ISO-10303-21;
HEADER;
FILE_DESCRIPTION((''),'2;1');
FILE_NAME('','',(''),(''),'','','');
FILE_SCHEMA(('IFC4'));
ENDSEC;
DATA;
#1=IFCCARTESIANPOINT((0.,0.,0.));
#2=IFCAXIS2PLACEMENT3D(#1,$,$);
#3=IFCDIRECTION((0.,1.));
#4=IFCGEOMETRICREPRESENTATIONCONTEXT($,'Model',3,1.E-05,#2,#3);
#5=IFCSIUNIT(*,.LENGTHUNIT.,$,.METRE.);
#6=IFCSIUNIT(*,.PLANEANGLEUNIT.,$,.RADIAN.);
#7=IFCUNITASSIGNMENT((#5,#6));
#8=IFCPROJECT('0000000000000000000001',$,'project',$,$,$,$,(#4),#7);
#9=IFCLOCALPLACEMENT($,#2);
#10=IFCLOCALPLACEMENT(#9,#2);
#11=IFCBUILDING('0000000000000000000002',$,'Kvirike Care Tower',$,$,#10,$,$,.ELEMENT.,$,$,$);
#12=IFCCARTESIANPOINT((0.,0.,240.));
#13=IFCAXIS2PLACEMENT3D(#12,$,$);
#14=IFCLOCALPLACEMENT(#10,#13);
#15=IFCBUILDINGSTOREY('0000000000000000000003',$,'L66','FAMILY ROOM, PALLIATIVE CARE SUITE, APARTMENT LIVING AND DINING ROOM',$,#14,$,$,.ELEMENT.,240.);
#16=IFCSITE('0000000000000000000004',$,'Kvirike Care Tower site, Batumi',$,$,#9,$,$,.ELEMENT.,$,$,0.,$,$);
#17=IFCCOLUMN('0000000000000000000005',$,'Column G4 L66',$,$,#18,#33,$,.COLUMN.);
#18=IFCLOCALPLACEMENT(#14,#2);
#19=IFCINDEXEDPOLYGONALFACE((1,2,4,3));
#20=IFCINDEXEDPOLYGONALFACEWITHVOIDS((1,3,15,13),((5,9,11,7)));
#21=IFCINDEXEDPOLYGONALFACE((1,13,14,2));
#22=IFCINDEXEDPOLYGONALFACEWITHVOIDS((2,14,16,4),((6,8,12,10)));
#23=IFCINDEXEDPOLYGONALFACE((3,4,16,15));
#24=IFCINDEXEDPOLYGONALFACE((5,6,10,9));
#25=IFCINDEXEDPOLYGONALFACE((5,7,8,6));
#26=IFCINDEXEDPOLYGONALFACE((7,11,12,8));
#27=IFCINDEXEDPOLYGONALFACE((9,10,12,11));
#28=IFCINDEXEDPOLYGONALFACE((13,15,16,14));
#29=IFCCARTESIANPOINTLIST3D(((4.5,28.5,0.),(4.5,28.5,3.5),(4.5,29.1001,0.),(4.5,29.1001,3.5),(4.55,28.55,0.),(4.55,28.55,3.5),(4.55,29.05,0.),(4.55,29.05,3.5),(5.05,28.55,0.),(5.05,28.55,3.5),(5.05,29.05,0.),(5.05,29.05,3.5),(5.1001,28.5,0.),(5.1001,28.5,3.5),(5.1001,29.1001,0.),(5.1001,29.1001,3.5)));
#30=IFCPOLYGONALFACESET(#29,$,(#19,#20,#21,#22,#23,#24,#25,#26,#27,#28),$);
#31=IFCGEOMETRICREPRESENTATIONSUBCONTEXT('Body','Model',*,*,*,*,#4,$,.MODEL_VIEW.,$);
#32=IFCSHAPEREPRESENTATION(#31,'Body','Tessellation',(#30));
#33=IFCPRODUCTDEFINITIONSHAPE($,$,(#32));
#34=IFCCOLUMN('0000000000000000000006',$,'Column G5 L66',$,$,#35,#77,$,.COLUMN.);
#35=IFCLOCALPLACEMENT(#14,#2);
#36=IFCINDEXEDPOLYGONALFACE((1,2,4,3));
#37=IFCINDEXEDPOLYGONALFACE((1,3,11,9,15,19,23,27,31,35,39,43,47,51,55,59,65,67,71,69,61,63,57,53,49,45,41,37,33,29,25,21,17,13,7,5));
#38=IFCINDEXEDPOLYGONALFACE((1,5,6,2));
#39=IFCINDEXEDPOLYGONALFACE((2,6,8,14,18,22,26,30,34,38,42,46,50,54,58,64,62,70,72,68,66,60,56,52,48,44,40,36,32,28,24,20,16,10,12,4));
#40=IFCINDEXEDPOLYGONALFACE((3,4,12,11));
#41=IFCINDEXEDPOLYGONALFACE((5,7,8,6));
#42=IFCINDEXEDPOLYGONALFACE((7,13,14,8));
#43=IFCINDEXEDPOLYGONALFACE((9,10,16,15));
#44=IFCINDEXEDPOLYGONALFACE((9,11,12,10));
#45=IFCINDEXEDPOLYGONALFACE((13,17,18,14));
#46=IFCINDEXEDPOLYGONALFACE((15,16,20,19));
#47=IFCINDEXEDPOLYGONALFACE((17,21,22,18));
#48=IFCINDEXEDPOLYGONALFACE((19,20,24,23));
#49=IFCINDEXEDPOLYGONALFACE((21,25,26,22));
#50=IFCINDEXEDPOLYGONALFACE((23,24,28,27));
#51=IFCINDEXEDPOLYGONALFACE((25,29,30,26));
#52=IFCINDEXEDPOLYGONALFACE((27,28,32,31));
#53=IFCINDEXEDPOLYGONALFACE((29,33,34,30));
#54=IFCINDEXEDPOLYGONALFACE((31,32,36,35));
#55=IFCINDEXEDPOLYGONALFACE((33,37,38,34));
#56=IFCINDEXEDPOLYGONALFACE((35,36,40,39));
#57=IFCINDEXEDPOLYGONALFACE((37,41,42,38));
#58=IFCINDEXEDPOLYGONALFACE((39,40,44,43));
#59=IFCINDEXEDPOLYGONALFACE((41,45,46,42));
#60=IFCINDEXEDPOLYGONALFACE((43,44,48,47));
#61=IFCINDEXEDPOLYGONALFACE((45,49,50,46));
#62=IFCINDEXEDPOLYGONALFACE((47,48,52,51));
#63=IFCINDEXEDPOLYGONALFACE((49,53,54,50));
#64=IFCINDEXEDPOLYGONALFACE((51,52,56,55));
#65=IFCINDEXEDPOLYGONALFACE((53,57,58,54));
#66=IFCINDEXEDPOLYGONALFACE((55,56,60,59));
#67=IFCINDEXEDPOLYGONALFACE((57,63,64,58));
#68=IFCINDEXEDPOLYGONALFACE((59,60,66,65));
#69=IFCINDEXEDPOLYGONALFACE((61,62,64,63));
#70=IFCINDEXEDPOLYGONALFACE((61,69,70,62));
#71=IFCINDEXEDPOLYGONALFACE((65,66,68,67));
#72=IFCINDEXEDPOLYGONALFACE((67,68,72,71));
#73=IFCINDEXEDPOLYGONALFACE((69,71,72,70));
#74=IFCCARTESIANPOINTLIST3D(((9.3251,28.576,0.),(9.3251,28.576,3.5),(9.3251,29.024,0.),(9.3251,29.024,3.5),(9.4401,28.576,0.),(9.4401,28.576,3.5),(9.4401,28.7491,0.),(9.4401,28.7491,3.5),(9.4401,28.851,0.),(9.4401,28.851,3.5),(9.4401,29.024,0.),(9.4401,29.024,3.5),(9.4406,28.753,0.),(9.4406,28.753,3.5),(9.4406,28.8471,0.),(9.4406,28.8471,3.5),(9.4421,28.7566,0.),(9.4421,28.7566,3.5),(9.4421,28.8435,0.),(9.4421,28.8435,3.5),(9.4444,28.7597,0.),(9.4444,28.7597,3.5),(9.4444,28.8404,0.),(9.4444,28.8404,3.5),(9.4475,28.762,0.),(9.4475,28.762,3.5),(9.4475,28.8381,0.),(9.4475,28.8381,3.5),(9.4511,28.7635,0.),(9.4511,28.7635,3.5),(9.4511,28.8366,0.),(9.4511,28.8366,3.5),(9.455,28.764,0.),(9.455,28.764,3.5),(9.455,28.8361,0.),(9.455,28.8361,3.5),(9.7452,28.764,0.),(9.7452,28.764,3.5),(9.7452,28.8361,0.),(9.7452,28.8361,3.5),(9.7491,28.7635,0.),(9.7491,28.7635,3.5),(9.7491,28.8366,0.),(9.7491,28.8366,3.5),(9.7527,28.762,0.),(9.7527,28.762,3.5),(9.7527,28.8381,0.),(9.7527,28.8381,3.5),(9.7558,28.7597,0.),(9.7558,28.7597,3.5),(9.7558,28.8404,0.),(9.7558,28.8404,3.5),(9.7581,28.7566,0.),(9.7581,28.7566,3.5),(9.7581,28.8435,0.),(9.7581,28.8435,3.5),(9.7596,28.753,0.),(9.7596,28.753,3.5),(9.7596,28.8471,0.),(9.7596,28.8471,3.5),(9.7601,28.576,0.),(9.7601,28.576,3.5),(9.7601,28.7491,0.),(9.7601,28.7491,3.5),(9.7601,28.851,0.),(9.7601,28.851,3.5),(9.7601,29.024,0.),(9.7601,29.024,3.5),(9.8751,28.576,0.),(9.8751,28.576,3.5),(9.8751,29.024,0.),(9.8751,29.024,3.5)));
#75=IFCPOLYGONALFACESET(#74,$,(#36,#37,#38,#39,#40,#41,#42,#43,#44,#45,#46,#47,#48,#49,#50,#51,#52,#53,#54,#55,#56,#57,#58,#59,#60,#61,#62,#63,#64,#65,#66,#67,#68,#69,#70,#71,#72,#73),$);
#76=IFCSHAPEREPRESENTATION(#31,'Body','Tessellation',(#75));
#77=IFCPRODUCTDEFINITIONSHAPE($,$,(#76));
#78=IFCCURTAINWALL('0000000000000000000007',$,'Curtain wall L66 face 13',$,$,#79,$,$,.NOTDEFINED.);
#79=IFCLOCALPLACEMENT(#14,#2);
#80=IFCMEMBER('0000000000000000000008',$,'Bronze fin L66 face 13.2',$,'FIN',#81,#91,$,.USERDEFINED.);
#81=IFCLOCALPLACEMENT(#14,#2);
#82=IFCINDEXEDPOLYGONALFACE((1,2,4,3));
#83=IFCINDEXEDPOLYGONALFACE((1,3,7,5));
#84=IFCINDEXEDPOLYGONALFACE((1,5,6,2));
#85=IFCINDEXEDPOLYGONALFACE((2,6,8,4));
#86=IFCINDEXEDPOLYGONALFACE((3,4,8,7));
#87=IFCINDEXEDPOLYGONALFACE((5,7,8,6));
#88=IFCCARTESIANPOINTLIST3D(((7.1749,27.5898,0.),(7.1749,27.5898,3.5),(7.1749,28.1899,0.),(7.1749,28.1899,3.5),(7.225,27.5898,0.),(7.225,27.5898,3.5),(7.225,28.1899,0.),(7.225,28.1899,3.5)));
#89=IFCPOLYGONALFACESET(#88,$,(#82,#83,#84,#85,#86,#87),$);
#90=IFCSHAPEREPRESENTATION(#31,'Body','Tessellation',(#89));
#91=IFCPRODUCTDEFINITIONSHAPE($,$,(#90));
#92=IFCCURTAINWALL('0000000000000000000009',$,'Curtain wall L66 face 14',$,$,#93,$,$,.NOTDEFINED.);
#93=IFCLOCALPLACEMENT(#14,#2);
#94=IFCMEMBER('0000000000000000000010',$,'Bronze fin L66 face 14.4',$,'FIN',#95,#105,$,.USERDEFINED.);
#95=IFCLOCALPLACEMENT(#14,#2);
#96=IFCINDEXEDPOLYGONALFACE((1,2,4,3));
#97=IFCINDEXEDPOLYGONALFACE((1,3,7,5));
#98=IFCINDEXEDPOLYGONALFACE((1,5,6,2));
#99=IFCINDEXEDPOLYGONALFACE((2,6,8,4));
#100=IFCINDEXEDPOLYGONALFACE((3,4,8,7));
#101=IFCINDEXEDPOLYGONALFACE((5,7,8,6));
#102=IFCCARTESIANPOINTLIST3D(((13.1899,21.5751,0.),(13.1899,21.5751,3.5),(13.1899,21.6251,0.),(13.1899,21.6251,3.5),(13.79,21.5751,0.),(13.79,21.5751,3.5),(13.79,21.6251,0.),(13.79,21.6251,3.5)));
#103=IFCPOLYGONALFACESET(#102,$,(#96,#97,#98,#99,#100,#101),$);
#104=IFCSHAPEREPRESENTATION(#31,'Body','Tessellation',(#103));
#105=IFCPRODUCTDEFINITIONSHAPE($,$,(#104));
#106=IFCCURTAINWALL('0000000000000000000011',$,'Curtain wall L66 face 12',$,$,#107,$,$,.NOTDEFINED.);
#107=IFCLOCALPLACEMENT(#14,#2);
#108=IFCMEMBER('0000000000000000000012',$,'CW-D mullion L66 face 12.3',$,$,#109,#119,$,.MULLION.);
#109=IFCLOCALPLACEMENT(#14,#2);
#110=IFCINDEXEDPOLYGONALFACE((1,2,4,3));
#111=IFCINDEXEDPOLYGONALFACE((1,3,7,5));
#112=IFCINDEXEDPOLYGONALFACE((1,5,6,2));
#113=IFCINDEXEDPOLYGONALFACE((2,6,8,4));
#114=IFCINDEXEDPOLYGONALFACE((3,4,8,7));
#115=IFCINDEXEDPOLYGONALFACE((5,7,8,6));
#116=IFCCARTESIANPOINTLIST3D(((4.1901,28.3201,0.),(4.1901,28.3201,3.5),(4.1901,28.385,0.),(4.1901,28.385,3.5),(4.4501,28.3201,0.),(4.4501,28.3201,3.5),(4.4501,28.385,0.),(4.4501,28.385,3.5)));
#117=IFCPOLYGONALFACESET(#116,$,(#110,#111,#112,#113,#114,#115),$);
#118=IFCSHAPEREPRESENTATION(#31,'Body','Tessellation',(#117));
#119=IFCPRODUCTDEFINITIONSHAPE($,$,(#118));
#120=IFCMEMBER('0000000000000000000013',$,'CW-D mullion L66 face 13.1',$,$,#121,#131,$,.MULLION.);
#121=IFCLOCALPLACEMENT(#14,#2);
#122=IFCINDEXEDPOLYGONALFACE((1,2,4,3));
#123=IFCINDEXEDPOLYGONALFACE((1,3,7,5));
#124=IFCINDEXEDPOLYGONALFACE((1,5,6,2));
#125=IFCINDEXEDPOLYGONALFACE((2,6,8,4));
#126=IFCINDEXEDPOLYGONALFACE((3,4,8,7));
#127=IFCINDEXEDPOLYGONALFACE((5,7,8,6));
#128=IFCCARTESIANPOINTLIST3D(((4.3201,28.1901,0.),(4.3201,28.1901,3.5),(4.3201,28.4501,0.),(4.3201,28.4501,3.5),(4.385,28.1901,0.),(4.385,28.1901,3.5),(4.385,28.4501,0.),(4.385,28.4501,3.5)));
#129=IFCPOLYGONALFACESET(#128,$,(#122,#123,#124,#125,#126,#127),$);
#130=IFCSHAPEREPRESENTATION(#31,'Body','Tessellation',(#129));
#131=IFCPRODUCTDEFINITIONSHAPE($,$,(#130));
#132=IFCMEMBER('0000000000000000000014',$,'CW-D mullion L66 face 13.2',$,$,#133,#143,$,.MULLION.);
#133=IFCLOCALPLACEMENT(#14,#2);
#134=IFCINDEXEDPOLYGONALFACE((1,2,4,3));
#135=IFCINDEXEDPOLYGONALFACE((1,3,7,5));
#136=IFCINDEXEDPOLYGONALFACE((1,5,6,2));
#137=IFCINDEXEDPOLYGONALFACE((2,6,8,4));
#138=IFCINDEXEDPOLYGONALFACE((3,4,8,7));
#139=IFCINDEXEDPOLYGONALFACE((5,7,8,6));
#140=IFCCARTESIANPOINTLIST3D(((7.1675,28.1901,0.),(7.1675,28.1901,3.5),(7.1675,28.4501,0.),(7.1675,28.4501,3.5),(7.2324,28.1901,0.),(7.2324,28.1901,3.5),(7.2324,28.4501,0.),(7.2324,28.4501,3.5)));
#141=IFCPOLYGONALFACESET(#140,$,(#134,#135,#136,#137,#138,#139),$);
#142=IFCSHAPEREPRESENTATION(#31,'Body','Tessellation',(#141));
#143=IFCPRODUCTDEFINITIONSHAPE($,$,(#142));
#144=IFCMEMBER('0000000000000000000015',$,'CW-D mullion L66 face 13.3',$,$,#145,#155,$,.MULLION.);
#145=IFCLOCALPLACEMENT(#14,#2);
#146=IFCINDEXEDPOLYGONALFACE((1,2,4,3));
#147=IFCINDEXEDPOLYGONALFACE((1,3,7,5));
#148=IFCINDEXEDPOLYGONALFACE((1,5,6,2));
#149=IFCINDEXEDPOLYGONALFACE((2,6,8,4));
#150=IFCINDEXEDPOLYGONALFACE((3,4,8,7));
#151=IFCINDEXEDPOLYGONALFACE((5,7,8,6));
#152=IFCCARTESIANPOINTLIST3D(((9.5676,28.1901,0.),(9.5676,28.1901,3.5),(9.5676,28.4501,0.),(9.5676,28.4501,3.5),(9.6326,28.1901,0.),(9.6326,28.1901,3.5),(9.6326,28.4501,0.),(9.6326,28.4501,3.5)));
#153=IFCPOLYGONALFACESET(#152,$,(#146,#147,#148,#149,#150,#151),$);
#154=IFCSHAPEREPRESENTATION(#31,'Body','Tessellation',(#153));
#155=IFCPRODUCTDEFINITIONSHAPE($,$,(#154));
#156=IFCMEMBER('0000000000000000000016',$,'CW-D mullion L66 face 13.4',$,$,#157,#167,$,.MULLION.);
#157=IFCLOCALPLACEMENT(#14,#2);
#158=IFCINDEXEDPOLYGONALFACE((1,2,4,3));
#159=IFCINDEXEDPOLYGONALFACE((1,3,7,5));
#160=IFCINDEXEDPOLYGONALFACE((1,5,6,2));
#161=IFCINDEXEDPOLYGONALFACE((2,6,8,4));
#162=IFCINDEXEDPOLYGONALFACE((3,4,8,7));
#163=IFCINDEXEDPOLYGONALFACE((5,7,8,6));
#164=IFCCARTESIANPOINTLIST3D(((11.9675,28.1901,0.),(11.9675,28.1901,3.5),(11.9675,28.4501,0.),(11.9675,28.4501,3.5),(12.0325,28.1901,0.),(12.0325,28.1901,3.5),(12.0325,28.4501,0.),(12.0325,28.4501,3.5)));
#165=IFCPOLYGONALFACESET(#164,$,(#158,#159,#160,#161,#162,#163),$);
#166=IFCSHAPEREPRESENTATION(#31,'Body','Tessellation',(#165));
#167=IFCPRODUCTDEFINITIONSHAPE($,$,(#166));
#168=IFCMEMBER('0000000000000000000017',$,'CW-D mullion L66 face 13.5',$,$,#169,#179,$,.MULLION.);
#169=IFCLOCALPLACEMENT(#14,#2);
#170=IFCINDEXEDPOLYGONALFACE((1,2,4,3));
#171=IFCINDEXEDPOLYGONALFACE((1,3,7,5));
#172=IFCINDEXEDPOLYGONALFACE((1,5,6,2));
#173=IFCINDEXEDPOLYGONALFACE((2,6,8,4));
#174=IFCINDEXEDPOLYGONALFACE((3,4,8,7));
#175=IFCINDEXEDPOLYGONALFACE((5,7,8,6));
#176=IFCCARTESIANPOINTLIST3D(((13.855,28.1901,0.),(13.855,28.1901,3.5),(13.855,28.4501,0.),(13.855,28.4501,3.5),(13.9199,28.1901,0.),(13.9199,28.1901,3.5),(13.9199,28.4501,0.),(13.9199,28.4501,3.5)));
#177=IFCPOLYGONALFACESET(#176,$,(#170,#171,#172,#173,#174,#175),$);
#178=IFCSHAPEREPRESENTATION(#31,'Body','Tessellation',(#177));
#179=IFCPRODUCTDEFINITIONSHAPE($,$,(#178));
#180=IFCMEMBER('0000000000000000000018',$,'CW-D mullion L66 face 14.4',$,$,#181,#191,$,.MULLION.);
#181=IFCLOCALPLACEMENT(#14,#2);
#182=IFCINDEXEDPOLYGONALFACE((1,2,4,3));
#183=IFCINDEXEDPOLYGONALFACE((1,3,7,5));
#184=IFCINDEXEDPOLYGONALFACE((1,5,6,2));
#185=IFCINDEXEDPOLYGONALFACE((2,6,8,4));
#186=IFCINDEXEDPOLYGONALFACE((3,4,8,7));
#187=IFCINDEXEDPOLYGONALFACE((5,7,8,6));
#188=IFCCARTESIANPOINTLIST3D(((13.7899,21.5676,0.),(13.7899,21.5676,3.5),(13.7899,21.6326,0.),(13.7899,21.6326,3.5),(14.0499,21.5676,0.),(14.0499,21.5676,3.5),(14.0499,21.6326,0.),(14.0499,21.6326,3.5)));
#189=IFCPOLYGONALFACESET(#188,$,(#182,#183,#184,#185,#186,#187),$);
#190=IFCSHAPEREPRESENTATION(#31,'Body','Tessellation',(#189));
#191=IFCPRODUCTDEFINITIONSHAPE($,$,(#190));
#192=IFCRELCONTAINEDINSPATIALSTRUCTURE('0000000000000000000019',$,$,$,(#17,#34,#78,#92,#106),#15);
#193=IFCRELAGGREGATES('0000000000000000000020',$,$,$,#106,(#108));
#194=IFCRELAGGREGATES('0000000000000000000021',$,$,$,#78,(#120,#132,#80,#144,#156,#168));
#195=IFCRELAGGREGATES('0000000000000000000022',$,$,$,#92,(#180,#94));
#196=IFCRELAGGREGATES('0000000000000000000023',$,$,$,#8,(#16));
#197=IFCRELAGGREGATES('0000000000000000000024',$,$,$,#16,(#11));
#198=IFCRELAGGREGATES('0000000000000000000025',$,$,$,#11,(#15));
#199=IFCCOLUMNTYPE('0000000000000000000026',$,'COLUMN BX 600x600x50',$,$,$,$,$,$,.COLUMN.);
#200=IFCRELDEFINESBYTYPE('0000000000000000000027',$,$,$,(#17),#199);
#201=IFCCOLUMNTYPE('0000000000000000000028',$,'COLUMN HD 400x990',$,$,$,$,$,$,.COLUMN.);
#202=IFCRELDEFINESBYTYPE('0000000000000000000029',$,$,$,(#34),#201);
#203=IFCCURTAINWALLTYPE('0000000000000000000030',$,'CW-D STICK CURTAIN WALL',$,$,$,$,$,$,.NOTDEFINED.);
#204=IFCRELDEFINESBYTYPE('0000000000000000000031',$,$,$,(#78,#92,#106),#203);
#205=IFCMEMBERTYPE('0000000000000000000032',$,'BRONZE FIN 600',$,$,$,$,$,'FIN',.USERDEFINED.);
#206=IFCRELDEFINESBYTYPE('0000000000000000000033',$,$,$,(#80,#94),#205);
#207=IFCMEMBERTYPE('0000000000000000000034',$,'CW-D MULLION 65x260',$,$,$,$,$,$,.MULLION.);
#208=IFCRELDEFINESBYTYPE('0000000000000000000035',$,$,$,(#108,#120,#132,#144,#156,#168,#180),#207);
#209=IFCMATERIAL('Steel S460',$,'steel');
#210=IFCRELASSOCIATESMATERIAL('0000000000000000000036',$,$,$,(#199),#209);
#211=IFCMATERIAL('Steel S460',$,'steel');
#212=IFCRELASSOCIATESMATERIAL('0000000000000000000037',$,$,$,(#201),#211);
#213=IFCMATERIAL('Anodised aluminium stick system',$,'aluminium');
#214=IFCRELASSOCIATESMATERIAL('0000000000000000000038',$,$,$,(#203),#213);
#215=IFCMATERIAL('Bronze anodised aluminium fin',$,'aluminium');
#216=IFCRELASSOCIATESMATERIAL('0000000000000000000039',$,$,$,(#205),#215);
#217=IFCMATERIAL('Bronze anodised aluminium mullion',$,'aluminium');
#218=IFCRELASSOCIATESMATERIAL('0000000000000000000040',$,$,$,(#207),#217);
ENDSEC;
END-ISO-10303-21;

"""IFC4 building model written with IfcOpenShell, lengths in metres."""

from ifc_helpers import new_model, si_unit, direction, frame, origin, origin_2d, place, context, subcontext, project, spatial, rectangle, hollow_rectangle, i_section, extrude, material, material_profile, profile_set, type_object, element, aggregate, save


model = new_model("IFC4")

# Units and contexts
model_context = context("Model", 3, precision=1e-05, world=origin(), true_north=direction((0.0, 1.0)))
body_context = subcontext(model_context, "Body", "Model", "MODEL_VIEW")
ifc_project = project(units=[si_unit("LENGTHUNIT", "METRE"), si_unit("PLANEANGLEUNIT", "RADIAN")], contexts=[model_context])

# Site, building, storey
site_placement = place(None, origin())
site = spatial("IfcSite", under=ifc_project, at=site_placement, Name="Kvirike Care Tower site, Batumi", CompositionType="ELEMENT", RefElevation=0.0)
building_placement = place(site_placement, origin())
building = spatial("IfcBuilding", under=site, at=building_placement, Name="Kvirike Care Tower", CompositionType="ELEMENT")
storey_placement = place(building_placement, frame((0.0, 0.0, 240.0)))
storey = spatial("IfcBuildingStorey", under=building, at=storey_placement, Name="L66", Description="FAMILY ROOM, PALLIATIVE CARE SUITE, APARTMENT LIVING AND DINING ROOM", CompositionType="ELEMENT", Elevation=240.0)

# Columns
ifc_material_1 = material(Name="Steel S460", Category="steel")
ifc_material_profile_1 = material_profile(ifc_material_1, hollow_rectangle(XDim=0.6001, YDim=0.6001, WallThickness=0.05, at=origin_2d()), Name="BX 600x600x50")
ifc_profile_set_1 = profile_set([ifc_material_profile_1], Name="Steel S460")
column_type_1 = type_object("IfcColumnType", Name="COLUMN BX 600x600x50", PredefinedType="COLUMN", material=ifc_profile_set_1)
column_1_placement = place(storey_placement, frame((4.8, 28.8, 0.0), z_axis=(0.0, 0.0, 1.0), x_axis=(0.0, 1.0, 0.0)))
element("IfcColumn", 1, at=column_1_placement, inside=storey, type_object=column_type_1, Name="Column G4 L66", PredefinedType="COLUMN", context=body_context, shape_type="SweptSolid", body=[
    extrude(hollow_rectangle(XDim=0.6001, YDim=0.6001, WallThickness=0.05, at=origin_2d()), origin(), (0.0, 0.0, 1.0), 3.5),
])
ifc_material_2 = material(Name="Steel S460", Category="steel")
ifc_material_profile_2 = material_profile(ifc_material_2, i_section(OverallWidth=0.448, OverallDepth=0.55, WebThickness=0.072, FlangeThickness=0.115, FilletRadius=0.0149, at=origin_2d()), Name="HD 400x990")
ifc_profile_set_2 = profile_set([ifc_material_profile_2], Name="Steel S460")
column_type_2 = type_object("IfcColumnType", Name="COLUMN HD 400x990", PredefinedType="COLUMN", material=ifc_profile_set_2)
column_2_placement = place(storey_placement, frame((9.6001, 28.8, 0.0), z_axis=(0.0, 0.0, 1.0), x_axis=(0.0, 1.0, 0.0)))
element("IfcColumn", 2, at=column_2_placement, inside=storey, type_object=column_type_2, Name="Column G5 L66", PredefinedType="COLUMN", context=body_context, shape_type="SweptSolid", body=[
    extrude(i_section(OverallWidth=0.448, OverallDepth=0.55, WebThickness=0.072, FlangeThickness=0.115, FilletRadius=0.0149, at=origin_2d()), origin(), (0.0, 0.0, 1.0), 3.5),
])

# Curtain walls, members
ifc_material_3 = material(Name="Anodised aluminium stick system", Category="aluminium")
curtain_wall_type = type_object("IfcCurtainWallType", Name="CW-D STICK CURTAIN WALL", PredefinedType="NOTDEFINED", material=ifc_material_3)
curtain_wall_1_placement = place(storey_placement, origin())
curtain_wall_1 = element("IfcCurtainWall", 3, at=curtain_wall_1_placement, inside=storey, type_object=curtain_wall_type, Name="Curtain wall L66 face 13", PredefinedType="NOTDEFINED")
ifc_material_4 = material(Name="Bronze anodised aluminium fin", Category="aluminium")
ifc_material_profile_3 = material_profile(ifc_material_4, rectangle(XDim=0.05, YDim=0.6001, at=origin_2d()), Name="BRONZE FIN 600")
ifc_profile_set_3 = profile_set([ifc_material_profile_3], Name="Bronze anodised aluminium fin")
member_type_1 = type_object("IfcMemberType", Name="BRONZE FIN 600", ElementType="FIN", PredefinedType="USERDEFINED", material=ifc_profile_set_3)
member_1_placement = place(storey_placement, frame((7.2, 27.8899, 0.0), z_axis=(0.0, 0.0, 1.0), x_axis=(1.0, 0.0, 0.0)))
member_1 = element("IfcMember", 4, at=member_1_placement, type_object=member_type_1, Name="Bronze fin L66 face 13.2", ObjectType="FIN", PredefinedType="USERDEFINED", context=body_context, shape_type="SweptSolid", body=[
    extrude(rectangle(XDim=0.05, YDim=0.6001, at=origin_2d()), origin(), (0.0, 0.0, 1.0), 3.5),
])
curtain_wall_2_placement = place(storey_placement, origin())
curtain_wall_2 = element("IfcCurtainWall", 5, at=curtain_wall_2_placement, inside=storey, type_object=curtain_wall_type, Name="Curtain wall L66 face 14", PredefinedType="NOTDEFINED")
member_2_placement = place(storey_placement, frame((13.49, 21.6001, 0.0), z_axis=(0.0, 0.0, 1.0), x_axis=(0.0, -1.0, 0.0)))
member_2 = element("IfcMember", 6, at=member_2_placement, type_object=member_type_1, Name="Bronze fin L66 face 14.4", ObjectType="FIN", PredefinedType="USERDEFINED", context=body_context, shape_type="SweptSolid", body=[
    extrude(rectangle(XDim=0.05, YDim=0.6001, at=origin_2d()), origin(), (0.0, 0.0, 1.0), 3.5),
])
curtain_wall_3_placement = place(storey_placement, origin())
curtain_wall_3 = element("IfcCurtainWall", 7, at=curtain_wall_3_placement, inside=storey, type_object=curtain_wall_type, Name="Curtain wall L66 face 12", PredefinedType="NOTDEFINED")
ifc_material_5 = material(Name="Bronze anodised aluminium mullion", Category="aluminium")
ifc_material_profile_4 = material_profile(ifc_material_5, rectangle(XDim=0.0649, YDim=0.26, at=origin_2d()), Name="CW-D MULLION 65x260")
ifc_profile_set_4 = profile_set([ifc_material_profile_4], Name="Bronze anodised aluminium mullion")
member_type_2 = type_object("IfcMemberType", Name="CW-D MULLION 65x260", PredefinedType="MULLION", material=ifc_profile_set_4)
member_3_placement = place(storey_placement, frame((4.3201, 28.3525, 0.0), z_axis=(0.0, 0.0, 1.0), x_axis=(0.0, -1.0, 0.0)))
member_3 = element("IfcMember", 8, at=member_3_placement, type_object=member_type_2, Name="CW-D mullion L66 face 12.3", PredefinedType="MULLION", context=body_context, shape_type="SweptSolid", body=[
    extrude(rectangle(XDim=0.0649, YDim=0.26, at=origin_2d()), origin(), (0.0, 0.0, 1.0), 3.5),
])

# Members
member_4_placement = place(storey_placement, frame((4.3525, 28.3201, 0.0), z_axis=(0.0, 0.0, 1.0), x_axis=(1.0, 0.0, 0.0)))
member_4 = element("IfcMember", 9, at=member_4_placement, type_object=member_type_2, Name="CW-D mullion L66 face 13.1", PredefinedType="MULLION", context=body_context, shape_type="SweptSolid", body=[
    extrude(rectangle(XDim=0.0649, YDim=0.26, at=origin_2d()), origin(), (0.0, 0.0, 1.0), 3.5),
])
member_5_placement = place(storey_placement, frame((7.2, 28.3201, 0.0), z_axis=(0.0, 0.0, 1.0), x_axis=(1.0, 0.0, 0.0)))
member_5 = element("IfcMember", 10, at=member_5_placement, type_object=member_type_2, Name="CW-D mullion L66 face 13.2", PredefinedType="MULLION", context=body_context, shape_type="SweptSolid", body=[
    extrude(rectangle(XDim=0.0649, YDim=0.26, at=origin_2d()), origin(), (0.0, 0.0, 1.0), 3.5),
])
member_6_placement = place(storey_placement, frame((9.6001, 28.3201, 0.0), z_axis=(0.0, 0.0, 1.0), x_axis=(1.0, 0.0, 0.0)))
member_6 = element("IfcMember", 11, at=member_6_placement, type_object=member_type_2, Name="CW-D mullion L66 face 13.3", PredefinedType="MULLION", context=body_context, shape_type="SweptSolid", body=[
    extrude(rectangle(XDim=0.0649, YDim=0.26, at=origin_2d()), origin(), (0.0, 0.0, 1.0), 3.5),
])
member_7_placement = place(storey_placement, frame((12.0, 28.3201, 0.0), z_axis=(0.0, 0.0, 1.0), x_axis=(1.0, 0.0, 0.0)))
member_7 = element("IfcMember", 12, at=member_7_placement, type_object=member_type_2, Name="CW-D mullion L66 face 13.4", PredefinedType="MULLION", context=body_context, shape_type="SweptSolid", body=[
    extrude(rectangle(XDim=0.0649, YDim=0.26, at=origin_2d()), origin(), (0.0, 0.0, 1.0), 3.5),
])
member_8_placement = place(storey_placement, frame((13.8875, 28.3201, 0.0), z_axis=(0.0, 0.0, 1.0), x_axis=(1.0, 0.0, 0.0)))
member_8 = element("IfcMember", 13, at=member_8_placement, type_object=member_type_2, Name="CW-D mullion L66 face 13.5", PredefinedType="MULLION", context=body_context, shape_type="SweptSolid", body=[
    extrude(rectangle(XDim=0.0649, YDim=0.26, at=origin_2d()), origin(), (0.0, 0.0, 1.0), 3.5),
])
member_9_placement = place(storey_placement, frame((13.9199, 21.6001, 0.0), z_axis=(0.0, 0.0, 1.0), x_axis=(0.0, -1.0, 0.0)))
member_9 = element("IfcMember", 14, at=member_9_placement, type_object=member_type_2, Name="CW-D mullion L66 face 14.4", PredefinedType="MULLION", context=body_context, shape_type="SweptSolid", body=[
    extrude(rectangle(XDim=0.0649, YDim=0.26, at=origin_2d()), origin(), (0.0, 0.0, 1.0), 3.5),
])

aggregate(curtain_wall_3, [member_3])
aggregate(curtain_wall_1, [member_4, member_5, member_1, member_6, member_7, member_8])
aggregate(curtain_wall_2, [member_9, member_2])

save(model, "model.ifc")
